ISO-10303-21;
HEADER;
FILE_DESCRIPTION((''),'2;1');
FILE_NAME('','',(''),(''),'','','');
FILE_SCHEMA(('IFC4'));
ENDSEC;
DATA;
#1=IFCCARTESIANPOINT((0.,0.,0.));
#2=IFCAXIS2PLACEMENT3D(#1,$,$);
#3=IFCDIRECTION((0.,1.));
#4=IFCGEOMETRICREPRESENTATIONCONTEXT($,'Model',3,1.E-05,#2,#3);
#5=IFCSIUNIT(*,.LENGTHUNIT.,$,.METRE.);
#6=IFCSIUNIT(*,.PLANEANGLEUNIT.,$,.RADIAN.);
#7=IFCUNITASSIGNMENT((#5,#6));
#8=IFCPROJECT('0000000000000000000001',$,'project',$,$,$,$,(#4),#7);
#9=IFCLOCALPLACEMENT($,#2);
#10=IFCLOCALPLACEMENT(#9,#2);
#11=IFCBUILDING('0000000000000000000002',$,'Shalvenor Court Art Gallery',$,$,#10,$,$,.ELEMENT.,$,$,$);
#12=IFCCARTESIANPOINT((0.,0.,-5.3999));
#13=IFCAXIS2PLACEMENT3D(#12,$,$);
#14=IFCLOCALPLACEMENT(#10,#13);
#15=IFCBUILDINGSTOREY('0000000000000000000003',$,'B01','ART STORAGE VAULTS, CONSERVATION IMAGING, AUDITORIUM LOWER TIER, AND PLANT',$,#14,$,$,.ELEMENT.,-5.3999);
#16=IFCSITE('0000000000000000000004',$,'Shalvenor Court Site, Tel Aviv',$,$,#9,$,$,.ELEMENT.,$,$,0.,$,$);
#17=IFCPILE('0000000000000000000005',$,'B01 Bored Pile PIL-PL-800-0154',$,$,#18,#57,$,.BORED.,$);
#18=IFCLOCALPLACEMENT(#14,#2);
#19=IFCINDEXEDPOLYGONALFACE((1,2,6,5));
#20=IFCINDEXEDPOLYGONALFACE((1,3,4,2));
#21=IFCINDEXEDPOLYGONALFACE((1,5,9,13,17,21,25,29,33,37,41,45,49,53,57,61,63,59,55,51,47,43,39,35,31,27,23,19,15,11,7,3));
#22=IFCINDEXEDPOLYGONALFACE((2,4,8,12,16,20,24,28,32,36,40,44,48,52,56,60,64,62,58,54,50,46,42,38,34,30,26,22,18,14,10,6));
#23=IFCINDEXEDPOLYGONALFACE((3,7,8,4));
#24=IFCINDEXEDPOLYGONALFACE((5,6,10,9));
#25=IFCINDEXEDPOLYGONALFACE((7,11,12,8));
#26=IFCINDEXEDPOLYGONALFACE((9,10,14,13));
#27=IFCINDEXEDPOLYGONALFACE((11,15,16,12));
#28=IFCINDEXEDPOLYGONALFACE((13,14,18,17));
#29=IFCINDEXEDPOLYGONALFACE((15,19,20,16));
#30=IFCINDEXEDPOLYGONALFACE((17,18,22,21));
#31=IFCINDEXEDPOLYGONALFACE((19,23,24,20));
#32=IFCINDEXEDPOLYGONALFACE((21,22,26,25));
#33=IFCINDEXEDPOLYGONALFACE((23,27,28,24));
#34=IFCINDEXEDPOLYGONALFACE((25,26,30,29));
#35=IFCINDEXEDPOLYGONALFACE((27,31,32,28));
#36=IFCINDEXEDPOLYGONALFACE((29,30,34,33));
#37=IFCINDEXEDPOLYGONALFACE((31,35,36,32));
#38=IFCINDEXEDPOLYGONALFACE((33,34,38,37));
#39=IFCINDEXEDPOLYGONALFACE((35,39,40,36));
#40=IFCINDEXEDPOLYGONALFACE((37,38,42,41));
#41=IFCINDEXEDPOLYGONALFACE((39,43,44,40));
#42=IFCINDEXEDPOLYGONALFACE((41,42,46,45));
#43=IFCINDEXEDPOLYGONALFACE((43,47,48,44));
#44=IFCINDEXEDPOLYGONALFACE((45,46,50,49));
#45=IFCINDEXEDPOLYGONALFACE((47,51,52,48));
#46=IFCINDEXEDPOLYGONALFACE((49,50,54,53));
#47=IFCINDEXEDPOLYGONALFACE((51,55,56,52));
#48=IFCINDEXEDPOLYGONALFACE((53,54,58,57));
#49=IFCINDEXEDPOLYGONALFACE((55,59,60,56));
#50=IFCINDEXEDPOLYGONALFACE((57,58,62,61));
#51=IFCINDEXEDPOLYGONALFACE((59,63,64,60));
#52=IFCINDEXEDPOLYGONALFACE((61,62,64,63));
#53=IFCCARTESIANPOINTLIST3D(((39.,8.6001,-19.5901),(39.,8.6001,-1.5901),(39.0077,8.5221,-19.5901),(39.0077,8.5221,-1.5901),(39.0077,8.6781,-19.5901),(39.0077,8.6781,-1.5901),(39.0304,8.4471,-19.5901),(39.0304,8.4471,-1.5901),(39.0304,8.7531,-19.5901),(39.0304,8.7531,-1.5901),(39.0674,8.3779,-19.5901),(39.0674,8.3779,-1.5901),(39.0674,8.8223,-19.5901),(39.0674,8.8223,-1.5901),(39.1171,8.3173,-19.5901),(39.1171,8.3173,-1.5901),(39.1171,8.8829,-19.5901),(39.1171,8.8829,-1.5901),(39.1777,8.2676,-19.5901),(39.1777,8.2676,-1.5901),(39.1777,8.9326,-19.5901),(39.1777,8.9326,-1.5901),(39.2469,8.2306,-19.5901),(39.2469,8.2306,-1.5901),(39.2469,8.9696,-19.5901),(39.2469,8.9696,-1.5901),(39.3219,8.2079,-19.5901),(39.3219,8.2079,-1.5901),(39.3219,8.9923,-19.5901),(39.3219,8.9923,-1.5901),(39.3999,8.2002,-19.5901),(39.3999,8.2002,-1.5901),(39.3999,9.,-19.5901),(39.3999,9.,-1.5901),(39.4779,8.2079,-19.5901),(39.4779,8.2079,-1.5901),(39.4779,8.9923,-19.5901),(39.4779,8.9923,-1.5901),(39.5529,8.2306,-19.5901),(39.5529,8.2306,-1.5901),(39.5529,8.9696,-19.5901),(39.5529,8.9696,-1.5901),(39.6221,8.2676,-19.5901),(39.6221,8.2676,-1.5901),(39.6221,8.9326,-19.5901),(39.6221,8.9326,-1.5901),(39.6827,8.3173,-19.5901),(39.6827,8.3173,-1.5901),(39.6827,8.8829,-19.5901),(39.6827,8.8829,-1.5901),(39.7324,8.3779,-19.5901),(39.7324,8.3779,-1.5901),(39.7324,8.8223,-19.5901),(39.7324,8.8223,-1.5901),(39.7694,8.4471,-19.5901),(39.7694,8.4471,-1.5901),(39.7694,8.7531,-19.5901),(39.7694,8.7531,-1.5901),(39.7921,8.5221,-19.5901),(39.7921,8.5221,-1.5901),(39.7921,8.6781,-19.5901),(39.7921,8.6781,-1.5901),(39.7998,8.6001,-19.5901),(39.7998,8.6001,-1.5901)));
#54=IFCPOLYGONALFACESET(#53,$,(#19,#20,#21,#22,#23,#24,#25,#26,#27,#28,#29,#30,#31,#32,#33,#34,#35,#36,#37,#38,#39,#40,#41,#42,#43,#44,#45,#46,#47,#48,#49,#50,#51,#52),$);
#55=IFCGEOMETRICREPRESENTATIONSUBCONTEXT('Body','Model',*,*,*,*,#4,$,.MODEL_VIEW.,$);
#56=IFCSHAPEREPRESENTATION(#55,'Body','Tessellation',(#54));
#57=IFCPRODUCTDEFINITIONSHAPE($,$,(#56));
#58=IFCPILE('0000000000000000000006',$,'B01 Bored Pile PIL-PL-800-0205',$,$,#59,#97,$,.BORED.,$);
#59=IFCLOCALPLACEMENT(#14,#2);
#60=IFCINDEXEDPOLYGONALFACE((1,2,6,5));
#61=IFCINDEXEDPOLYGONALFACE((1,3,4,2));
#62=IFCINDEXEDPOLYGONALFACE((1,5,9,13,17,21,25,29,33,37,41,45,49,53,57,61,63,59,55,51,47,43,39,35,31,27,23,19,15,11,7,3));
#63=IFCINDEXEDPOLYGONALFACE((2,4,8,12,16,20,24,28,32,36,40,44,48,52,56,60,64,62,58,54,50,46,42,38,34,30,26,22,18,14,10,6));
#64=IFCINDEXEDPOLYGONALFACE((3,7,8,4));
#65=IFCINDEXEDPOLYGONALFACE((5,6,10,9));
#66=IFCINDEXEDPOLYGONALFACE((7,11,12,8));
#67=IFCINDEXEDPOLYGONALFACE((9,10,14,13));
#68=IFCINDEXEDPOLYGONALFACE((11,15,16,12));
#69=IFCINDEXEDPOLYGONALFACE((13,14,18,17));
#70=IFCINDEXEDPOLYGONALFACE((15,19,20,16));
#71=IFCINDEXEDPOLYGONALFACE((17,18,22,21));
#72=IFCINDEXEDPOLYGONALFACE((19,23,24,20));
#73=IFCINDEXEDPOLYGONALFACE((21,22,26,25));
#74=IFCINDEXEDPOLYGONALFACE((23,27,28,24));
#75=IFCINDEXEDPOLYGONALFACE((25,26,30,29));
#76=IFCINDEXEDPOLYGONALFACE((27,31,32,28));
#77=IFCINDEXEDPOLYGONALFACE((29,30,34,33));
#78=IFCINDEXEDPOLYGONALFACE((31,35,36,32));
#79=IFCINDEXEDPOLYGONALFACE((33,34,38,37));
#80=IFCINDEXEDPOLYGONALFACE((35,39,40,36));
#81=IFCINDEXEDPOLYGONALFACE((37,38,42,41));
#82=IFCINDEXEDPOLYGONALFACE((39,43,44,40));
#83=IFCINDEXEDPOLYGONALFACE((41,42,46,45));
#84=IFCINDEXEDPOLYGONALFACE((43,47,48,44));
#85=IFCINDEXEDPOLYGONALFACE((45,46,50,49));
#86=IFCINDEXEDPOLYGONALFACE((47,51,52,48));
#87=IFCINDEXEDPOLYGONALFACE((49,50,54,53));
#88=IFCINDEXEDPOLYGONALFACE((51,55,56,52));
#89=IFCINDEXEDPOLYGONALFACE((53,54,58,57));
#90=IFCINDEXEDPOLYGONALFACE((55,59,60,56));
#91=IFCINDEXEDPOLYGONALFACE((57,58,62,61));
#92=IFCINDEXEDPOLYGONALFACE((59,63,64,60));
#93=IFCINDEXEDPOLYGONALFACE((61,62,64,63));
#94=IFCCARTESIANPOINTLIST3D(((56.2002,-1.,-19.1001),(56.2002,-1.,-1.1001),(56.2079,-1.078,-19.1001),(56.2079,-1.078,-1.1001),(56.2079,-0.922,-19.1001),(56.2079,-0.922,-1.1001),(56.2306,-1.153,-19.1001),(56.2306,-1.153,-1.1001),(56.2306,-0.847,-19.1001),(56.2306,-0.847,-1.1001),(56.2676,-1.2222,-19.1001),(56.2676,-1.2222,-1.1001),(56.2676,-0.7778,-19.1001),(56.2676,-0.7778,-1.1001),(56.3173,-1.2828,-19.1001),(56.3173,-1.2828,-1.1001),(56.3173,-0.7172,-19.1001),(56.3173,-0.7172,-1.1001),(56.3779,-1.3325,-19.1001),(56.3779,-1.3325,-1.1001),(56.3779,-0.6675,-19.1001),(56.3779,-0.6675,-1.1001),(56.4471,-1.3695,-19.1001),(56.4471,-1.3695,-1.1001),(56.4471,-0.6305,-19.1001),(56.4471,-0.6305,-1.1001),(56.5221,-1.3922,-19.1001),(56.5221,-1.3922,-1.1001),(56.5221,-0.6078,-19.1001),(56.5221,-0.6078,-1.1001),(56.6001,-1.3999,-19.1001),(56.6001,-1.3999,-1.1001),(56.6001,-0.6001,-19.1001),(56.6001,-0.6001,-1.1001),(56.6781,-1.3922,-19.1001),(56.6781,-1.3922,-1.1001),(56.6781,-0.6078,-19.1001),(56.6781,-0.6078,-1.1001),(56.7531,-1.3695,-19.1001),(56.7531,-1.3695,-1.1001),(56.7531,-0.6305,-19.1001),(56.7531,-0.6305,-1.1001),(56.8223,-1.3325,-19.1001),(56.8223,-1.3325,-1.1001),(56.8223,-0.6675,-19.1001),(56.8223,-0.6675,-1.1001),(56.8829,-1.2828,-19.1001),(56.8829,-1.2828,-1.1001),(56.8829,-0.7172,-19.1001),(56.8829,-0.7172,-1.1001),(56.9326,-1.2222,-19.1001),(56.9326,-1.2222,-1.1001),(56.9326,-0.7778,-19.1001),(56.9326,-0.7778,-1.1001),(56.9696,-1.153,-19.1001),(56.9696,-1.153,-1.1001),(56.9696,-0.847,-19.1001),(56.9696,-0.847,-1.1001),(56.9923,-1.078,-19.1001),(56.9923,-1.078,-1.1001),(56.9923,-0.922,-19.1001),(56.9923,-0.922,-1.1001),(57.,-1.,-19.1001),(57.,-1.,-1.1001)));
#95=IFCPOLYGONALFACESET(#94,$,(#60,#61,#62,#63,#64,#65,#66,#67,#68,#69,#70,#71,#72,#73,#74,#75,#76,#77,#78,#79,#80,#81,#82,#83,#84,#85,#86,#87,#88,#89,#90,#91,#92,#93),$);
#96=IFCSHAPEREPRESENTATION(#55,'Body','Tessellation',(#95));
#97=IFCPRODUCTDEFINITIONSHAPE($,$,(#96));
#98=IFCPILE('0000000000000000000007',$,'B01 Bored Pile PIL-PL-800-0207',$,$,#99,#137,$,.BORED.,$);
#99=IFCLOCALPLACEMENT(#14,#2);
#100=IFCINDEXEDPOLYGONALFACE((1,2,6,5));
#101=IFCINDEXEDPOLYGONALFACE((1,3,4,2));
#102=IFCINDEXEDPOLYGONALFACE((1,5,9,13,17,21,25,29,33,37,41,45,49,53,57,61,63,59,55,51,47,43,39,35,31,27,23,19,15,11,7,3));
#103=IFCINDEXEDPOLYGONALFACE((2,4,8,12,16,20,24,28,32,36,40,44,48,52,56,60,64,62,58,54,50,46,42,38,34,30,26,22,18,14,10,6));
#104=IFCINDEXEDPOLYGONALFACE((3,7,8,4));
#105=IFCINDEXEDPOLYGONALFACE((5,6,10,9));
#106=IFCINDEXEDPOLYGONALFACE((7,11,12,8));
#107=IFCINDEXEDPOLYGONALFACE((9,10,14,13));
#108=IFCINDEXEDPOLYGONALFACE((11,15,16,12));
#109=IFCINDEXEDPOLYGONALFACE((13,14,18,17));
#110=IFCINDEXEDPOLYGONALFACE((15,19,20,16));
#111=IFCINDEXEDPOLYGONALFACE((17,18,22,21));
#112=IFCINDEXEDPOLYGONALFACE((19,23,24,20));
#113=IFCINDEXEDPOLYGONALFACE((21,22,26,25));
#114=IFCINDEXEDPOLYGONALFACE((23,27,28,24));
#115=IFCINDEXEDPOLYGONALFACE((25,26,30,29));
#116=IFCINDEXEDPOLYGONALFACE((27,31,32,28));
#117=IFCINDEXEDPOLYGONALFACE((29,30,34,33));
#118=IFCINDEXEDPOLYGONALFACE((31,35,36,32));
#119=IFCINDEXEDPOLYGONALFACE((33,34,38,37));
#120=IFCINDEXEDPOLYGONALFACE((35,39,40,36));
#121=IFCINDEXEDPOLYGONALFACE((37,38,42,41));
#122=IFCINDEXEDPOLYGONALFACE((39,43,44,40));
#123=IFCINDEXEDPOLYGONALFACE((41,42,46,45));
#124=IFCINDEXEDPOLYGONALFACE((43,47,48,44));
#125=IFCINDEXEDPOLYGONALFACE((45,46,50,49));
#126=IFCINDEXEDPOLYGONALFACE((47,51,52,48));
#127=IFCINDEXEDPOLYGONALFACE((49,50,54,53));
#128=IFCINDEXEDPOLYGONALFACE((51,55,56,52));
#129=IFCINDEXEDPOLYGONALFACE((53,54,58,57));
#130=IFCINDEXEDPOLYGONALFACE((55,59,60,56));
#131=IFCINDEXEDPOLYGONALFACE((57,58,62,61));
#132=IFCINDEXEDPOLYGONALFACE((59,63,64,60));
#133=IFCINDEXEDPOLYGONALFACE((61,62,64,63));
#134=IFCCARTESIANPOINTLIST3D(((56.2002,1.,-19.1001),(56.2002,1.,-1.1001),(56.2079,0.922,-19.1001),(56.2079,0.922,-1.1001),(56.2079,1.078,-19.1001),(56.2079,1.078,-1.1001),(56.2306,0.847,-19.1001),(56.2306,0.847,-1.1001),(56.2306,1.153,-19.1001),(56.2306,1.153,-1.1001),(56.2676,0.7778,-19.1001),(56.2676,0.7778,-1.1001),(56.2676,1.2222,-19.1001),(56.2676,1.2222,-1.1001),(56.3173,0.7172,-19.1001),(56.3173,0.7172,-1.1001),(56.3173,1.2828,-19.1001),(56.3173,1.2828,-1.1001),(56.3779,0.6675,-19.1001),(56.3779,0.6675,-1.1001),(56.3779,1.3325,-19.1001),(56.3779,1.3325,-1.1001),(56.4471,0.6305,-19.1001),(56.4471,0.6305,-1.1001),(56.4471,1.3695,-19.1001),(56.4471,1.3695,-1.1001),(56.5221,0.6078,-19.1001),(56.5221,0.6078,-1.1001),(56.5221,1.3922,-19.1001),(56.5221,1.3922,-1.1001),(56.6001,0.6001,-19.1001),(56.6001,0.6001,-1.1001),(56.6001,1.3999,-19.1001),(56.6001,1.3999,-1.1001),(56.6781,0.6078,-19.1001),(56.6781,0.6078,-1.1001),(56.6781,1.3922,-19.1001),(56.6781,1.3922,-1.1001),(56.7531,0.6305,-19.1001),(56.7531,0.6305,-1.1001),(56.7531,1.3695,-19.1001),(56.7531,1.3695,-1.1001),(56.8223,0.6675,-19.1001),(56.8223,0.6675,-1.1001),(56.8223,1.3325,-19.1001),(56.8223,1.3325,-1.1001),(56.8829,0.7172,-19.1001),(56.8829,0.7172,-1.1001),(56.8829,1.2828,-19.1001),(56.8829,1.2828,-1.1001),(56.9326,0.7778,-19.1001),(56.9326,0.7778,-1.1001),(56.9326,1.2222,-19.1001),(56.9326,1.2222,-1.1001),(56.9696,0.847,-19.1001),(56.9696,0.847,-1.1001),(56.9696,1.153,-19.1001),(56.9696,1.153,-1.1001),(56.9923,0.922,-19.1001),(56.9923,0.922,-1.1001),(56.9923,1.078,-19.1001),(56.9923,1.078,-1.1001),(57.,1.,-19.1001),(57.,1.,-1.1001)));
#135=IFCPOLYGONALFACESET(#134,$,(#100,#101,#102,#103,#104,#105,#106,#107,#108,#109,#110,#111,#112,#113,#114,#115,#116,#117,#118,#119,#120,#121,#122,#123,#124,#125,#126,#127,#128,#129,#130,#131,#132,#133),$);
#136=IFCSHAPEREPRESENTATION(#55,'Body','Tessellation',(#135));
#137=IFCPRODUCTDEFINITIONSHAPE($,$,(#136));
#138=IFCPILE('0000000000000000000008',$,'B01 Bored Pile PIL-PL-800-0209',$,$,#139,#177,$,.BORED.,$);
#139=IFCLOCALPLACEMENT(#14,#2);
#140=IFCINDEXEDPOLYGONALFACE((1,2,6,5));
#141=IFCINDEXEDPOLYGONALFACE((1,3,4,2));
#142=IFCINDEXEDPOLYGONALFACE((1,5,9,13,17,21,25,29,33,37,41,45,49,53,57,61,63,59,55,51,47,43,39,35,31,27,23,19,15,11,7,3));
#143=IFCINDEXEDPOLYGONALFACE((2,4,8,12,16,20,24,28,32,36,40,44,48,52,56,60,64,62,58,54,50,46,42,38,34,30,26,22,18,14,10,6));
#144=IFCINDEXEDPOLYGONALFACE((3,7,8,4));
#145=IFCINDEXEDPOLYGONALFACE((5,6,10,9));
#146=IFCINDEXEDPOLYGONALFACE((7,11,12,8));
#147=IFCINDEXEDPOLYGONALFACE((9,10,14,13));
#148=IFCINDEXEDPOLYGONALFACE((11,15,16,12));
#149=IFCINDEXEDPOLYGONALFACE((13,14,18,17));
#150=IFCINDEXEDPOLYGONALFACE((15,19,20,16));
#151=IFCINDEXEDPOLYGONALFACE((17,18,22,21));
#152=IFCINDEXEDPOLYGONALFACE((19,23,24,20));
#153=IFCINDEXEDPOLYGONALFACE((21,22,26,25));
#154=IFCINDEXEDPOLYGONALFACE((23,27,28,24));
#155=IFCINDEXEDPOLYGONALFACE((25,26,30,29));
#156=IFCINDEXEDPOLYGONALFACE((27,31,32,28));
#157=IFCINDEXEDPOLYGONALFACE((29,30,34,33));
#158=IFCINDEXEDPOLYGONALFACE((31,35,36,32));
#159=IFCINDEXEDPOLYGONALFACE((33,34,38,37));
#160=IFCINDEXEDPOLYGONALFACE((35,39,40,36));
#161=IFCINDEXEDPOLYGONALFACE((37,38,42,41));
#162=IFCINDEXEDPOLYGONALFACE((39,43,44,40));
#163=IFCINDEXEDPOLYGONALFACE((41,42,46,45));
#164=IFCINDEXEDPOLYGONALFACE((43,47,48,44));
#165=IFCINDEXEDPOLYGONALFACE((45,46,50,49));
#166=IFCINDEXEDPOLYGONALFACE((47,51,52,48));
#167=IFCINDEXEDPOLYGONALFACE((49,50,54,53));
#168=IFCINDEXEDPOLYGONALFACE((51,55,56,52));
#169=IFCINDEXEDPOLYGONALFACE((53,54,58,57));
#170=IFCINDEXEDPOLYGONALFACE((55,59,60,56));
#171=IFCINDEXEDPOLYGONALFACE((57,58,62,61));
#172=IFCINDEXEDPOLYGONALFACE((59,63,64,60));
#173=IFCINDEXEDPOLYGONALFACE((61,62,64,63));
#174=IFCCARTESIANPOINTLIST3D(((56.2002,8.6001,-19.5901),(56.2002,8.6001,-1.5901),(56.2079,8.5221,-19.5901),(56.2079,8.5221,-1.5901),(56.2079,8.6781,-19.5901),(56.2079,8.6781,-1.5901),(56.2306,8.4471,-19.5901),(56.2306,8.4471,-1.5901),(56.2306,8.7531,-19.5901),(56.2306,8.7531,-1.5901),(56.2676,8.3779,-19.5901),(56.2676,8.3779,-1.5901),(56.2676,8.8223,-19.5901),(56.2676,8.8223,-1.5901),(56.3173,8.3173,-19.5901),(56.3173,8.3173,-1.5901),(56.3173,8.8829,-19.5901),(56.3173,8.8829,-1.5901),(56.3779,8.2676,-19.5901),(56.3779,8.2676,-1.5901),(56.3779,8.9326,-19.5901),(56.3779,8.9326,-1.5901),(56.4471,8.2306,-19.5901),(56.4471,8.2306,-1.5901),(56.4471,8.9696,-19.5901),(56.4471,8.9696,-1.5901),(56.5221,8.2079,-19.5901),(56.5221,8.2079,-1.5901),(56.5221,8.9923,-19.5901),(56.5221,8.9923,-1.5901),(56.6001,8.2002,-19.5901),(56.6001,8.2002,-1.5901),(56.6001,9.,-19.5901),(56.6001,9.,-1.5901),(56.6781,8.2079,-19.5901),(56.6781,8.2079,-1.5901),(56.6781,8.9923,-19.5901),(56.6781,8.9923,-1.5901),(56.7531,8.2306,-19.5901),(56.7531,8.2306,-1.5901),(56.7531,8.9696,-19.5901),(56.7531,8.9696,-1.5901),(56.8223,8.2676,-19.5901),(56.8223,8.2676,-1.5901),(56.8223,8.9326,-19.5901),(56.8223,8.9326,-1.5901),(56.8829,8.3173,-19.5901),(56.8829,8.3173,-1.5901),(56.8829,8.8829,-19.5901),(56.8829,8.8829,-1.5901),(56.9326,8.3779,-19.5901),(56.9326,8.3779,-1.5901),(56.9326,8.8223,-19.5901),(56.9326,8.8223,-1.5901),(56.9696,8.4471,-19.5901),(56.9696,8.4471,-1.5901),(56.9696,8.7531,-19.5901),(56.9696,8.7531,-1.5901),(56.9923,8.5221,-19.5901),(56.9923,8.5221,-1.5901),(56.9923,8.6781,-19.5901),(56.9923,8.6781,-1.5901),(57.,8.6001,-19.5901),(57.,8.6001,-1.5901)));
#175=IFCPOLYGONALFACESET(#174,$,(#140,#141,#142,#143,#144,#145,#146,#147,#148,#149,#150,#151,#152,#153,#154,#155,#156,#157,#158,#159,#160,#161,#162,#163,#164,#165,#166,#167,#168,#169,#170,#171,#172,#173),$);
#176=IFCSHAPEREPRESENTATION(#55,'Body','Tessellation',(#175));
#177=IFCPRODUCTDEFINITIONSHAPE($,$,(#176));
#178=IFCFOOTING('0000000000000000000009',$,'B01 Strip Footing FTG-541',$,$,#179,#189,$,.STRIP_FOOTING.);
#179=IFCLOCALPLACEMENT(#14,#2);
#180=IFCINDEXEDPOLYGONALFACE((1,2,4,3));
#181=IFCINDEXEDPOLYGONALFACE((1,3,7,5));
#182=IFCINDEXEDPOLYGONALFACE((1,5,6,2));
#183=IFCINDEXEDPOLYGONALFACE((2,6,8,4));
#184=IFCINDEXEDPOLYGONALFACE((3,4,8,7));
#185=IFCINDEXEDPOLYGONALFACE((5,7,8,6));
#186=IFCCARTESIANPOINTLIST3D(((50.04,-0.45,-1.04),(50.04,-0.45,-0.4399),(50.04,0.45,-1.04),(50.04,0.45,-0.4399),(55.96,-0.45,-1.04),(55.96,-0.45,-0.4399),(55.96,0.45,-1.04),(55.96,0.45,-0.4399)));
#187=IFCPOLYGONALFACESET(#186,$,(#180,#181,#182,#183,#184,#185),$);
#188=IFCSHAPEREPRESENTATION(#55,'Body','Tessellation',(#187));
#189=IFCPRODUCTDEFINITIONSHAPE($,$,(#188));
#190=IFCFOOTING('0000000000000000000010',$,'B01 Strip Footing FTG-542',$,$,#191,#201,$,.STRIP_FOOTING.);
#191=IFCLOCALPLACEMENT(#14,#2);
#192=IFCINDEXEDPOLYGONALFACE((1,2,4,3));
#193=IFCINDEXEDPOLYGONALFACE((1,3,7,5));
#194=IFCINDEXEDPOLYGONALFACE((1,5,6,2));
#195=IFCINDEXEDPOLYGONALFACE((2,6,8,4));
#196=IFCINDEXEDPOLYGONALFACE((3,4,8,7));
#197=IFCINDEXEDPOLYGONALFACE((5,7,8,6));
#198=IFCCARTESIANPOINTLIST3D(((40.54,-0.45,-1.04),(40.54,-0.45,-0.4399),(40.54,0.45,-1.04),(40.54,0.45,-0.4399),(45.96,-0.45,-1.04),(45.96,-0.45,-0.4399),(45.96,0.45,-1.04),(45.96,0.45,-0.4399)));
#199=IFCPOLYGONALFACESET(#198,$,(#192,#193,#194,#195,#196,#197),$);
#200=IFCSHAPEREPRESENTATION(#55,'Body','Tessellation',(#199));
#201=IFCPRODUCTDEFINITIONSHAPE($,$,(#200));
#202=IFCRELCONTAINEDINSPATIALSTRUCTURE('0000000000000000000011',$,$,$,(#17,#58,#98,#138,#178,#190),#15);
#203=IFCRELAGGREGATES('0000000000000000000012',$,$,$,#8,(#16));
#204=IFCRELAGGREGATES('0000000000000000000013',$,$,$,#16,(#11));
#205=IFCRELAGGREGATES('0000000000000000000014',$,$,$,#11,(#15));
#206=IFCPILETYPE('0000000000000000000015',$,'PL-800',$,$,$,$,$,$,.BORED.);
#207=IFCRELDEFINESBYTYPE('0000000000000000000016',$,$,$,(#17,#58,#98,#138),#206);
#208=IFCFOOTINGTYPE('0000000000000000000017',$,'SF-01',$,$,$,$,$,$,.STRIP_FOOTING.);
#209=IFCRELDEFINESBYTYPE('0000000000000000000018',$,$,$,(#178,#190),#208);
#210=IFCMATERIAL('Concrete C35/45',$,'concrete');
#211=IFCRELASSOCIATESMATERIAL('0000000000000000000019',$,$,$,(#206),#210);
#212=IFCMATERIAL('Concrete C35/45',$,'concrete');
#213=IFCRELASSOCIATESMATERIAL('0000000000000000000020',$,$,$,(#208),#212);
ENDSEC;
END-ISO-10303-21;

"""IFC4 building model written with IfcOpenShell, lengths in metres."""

from ifc_helpers import new_model, si_unit, direction, frame, origin, origin_2d, place, context, subcontext, project, spatial, rectangle, circle, extrude, material, material_profile, profile_set, type_object, element, save


model = new_model("IFC4")

# Units and contexts
model_context = context("Model", 3, precision=1e-05, world=origin(), true_north=direction((0.0, 1.0)))
body_context = subcontext(model_context, "Body", "Model", "MODEL_VIEW")
ifc_project = project(units=[si_unit("LENGTHUNIT", "METRE"), si_unit("PLANEANGLEUNIT", "RADIAN")], contexts=[model_context])

# Site, building, storey
site_placement = place(None, origin())
site = spatial("IfcSite", under=ifc_project, at=site_placement, Name="Shalvenor Court Site, Tel Aviv", CompositionType="ELEMENT", RefElevation=0.0)
building_placement = place(site_placement, origin())
building = spatial("IfcBuilding", under=site, at=building_placement, Name="Shalvenor Court Art Gallery", CompositionType="ELEMENT")
storey_placement = place(building_placement, frame((0.0, 0.0, -5.3999)))
storey = spatial("IfcBuildingStorey", under=building, at=storey_placement, Name="B01", Description="ART STORAGE VAULTS, CONSERVATION IMAGING, AUDITORIUM LOWER TIER, AND PLANT", CompositionType="ELEMENT", Elevation=-5.3999)

# Piles
ifc_material_1 = material(Name="Concrete C35/45", Category="concrete")
ifc_material_profile_1 = material_profile(ifc_material_1, circle(Radius=0.3999, at=origin_2d()), Name="PILE 800")
ifc_profile_set_1 = profile_set([ifc_material_profile_1], Name="Concrete C35/45")
pile_type_1 = type_object("IfcPileType", Name="PL-800", PredefinedType="BORED", material=ifc_profile_set_1)
for number, where, z_axis, x_axis, name in (
    (1, (39.3999, 8.6001, -1.5901), (0.0, 0.0, -1.0), (1.0, 0.0, 0.0), "B01 Bored Pile PIL-PL-800-0154"),
    (2, (56.6001, -1.0, -1.1001), (0.0, 0.0, -1.0), (1.0, 0.0, 0.0), "B01 Bored Pile PIL-PL-800-0205"),
    (3, (56.6001, 1.0, -1.1001), (0.0, 0.0, -1.0), (1.0, 0.0, 0.0), "B01 Bored Pile PIL-PL-800-0207"),
    (4, (56.6001, 8.6001, -1.5901), (0.0, 0.0, -1.0), (1.0, 0.0, 0.0), "B01 Bored Pile PIL-PL-800-0209"),
):
    element("IfcPile", number, at=place(storey_placement, frame(where, z_axis=z_axis, x_axis=x_axis)), inside=storey, type_object=pile_type_1, Name=name, PredefinedType="BORED", context=body_context, shape_type="SweptSolid", body=[
        extrude(circle(Radius=0.3999, at=origin_2d()), origin(), (0.0, 0.0, 1.0), 18.0),
    ])

# Footings
ifc_material_2 = material(Name="Concrete C35/45", Category="concrete")
footing_type_1 = type_object("IfcFootingType", Name="SF-01", PredefinedType="STRIP_FOOTING", material=ifc_material_2)
footing_1_placement = place(storey_placement, frame((53.0, 0.0, -1.04), z_axis=(0.0, 0.0, 1.0), x_axis=(1.0, 0.0, 0.0)))
element("IfcFooting", 5, at=footing_1_placement, inside=storey, type_object=footing_type_1, Name="B01 Strip Footing FTG-541", PredefinedType="STRIP_FOOTING", context=body_context, shape_type="SweptSolid", body=[
    extrude(rectangle(XDim=5.9199, YDim=0.8999, at=origin_2d()), origin(), (0.0, 0.0, 1.0), 0.6001),
])
footing_2_placement = place(storey_placement, frame((43.25, 0.0, -1.04), z_axis=(0.0, 0.0, 1.0), x_axis=(1.0, 0.0, 0.0)))
element("IfcFooting", 6, at=footing_2_placement, inside=storey, type_object=footing_type_1, Name="B01 Strip Footing FTG-542", PredefinedType="STRIP_FOOTING", context=body_context, shape_type="SweptSolid", body=[
    extrude(rectangle(XDim=5.4199, YDim=0.8999, at=origin_2d()), origin(), (0.0, 0.0, 1.0), 0.6001),
])

save(model, "model.ifc")
